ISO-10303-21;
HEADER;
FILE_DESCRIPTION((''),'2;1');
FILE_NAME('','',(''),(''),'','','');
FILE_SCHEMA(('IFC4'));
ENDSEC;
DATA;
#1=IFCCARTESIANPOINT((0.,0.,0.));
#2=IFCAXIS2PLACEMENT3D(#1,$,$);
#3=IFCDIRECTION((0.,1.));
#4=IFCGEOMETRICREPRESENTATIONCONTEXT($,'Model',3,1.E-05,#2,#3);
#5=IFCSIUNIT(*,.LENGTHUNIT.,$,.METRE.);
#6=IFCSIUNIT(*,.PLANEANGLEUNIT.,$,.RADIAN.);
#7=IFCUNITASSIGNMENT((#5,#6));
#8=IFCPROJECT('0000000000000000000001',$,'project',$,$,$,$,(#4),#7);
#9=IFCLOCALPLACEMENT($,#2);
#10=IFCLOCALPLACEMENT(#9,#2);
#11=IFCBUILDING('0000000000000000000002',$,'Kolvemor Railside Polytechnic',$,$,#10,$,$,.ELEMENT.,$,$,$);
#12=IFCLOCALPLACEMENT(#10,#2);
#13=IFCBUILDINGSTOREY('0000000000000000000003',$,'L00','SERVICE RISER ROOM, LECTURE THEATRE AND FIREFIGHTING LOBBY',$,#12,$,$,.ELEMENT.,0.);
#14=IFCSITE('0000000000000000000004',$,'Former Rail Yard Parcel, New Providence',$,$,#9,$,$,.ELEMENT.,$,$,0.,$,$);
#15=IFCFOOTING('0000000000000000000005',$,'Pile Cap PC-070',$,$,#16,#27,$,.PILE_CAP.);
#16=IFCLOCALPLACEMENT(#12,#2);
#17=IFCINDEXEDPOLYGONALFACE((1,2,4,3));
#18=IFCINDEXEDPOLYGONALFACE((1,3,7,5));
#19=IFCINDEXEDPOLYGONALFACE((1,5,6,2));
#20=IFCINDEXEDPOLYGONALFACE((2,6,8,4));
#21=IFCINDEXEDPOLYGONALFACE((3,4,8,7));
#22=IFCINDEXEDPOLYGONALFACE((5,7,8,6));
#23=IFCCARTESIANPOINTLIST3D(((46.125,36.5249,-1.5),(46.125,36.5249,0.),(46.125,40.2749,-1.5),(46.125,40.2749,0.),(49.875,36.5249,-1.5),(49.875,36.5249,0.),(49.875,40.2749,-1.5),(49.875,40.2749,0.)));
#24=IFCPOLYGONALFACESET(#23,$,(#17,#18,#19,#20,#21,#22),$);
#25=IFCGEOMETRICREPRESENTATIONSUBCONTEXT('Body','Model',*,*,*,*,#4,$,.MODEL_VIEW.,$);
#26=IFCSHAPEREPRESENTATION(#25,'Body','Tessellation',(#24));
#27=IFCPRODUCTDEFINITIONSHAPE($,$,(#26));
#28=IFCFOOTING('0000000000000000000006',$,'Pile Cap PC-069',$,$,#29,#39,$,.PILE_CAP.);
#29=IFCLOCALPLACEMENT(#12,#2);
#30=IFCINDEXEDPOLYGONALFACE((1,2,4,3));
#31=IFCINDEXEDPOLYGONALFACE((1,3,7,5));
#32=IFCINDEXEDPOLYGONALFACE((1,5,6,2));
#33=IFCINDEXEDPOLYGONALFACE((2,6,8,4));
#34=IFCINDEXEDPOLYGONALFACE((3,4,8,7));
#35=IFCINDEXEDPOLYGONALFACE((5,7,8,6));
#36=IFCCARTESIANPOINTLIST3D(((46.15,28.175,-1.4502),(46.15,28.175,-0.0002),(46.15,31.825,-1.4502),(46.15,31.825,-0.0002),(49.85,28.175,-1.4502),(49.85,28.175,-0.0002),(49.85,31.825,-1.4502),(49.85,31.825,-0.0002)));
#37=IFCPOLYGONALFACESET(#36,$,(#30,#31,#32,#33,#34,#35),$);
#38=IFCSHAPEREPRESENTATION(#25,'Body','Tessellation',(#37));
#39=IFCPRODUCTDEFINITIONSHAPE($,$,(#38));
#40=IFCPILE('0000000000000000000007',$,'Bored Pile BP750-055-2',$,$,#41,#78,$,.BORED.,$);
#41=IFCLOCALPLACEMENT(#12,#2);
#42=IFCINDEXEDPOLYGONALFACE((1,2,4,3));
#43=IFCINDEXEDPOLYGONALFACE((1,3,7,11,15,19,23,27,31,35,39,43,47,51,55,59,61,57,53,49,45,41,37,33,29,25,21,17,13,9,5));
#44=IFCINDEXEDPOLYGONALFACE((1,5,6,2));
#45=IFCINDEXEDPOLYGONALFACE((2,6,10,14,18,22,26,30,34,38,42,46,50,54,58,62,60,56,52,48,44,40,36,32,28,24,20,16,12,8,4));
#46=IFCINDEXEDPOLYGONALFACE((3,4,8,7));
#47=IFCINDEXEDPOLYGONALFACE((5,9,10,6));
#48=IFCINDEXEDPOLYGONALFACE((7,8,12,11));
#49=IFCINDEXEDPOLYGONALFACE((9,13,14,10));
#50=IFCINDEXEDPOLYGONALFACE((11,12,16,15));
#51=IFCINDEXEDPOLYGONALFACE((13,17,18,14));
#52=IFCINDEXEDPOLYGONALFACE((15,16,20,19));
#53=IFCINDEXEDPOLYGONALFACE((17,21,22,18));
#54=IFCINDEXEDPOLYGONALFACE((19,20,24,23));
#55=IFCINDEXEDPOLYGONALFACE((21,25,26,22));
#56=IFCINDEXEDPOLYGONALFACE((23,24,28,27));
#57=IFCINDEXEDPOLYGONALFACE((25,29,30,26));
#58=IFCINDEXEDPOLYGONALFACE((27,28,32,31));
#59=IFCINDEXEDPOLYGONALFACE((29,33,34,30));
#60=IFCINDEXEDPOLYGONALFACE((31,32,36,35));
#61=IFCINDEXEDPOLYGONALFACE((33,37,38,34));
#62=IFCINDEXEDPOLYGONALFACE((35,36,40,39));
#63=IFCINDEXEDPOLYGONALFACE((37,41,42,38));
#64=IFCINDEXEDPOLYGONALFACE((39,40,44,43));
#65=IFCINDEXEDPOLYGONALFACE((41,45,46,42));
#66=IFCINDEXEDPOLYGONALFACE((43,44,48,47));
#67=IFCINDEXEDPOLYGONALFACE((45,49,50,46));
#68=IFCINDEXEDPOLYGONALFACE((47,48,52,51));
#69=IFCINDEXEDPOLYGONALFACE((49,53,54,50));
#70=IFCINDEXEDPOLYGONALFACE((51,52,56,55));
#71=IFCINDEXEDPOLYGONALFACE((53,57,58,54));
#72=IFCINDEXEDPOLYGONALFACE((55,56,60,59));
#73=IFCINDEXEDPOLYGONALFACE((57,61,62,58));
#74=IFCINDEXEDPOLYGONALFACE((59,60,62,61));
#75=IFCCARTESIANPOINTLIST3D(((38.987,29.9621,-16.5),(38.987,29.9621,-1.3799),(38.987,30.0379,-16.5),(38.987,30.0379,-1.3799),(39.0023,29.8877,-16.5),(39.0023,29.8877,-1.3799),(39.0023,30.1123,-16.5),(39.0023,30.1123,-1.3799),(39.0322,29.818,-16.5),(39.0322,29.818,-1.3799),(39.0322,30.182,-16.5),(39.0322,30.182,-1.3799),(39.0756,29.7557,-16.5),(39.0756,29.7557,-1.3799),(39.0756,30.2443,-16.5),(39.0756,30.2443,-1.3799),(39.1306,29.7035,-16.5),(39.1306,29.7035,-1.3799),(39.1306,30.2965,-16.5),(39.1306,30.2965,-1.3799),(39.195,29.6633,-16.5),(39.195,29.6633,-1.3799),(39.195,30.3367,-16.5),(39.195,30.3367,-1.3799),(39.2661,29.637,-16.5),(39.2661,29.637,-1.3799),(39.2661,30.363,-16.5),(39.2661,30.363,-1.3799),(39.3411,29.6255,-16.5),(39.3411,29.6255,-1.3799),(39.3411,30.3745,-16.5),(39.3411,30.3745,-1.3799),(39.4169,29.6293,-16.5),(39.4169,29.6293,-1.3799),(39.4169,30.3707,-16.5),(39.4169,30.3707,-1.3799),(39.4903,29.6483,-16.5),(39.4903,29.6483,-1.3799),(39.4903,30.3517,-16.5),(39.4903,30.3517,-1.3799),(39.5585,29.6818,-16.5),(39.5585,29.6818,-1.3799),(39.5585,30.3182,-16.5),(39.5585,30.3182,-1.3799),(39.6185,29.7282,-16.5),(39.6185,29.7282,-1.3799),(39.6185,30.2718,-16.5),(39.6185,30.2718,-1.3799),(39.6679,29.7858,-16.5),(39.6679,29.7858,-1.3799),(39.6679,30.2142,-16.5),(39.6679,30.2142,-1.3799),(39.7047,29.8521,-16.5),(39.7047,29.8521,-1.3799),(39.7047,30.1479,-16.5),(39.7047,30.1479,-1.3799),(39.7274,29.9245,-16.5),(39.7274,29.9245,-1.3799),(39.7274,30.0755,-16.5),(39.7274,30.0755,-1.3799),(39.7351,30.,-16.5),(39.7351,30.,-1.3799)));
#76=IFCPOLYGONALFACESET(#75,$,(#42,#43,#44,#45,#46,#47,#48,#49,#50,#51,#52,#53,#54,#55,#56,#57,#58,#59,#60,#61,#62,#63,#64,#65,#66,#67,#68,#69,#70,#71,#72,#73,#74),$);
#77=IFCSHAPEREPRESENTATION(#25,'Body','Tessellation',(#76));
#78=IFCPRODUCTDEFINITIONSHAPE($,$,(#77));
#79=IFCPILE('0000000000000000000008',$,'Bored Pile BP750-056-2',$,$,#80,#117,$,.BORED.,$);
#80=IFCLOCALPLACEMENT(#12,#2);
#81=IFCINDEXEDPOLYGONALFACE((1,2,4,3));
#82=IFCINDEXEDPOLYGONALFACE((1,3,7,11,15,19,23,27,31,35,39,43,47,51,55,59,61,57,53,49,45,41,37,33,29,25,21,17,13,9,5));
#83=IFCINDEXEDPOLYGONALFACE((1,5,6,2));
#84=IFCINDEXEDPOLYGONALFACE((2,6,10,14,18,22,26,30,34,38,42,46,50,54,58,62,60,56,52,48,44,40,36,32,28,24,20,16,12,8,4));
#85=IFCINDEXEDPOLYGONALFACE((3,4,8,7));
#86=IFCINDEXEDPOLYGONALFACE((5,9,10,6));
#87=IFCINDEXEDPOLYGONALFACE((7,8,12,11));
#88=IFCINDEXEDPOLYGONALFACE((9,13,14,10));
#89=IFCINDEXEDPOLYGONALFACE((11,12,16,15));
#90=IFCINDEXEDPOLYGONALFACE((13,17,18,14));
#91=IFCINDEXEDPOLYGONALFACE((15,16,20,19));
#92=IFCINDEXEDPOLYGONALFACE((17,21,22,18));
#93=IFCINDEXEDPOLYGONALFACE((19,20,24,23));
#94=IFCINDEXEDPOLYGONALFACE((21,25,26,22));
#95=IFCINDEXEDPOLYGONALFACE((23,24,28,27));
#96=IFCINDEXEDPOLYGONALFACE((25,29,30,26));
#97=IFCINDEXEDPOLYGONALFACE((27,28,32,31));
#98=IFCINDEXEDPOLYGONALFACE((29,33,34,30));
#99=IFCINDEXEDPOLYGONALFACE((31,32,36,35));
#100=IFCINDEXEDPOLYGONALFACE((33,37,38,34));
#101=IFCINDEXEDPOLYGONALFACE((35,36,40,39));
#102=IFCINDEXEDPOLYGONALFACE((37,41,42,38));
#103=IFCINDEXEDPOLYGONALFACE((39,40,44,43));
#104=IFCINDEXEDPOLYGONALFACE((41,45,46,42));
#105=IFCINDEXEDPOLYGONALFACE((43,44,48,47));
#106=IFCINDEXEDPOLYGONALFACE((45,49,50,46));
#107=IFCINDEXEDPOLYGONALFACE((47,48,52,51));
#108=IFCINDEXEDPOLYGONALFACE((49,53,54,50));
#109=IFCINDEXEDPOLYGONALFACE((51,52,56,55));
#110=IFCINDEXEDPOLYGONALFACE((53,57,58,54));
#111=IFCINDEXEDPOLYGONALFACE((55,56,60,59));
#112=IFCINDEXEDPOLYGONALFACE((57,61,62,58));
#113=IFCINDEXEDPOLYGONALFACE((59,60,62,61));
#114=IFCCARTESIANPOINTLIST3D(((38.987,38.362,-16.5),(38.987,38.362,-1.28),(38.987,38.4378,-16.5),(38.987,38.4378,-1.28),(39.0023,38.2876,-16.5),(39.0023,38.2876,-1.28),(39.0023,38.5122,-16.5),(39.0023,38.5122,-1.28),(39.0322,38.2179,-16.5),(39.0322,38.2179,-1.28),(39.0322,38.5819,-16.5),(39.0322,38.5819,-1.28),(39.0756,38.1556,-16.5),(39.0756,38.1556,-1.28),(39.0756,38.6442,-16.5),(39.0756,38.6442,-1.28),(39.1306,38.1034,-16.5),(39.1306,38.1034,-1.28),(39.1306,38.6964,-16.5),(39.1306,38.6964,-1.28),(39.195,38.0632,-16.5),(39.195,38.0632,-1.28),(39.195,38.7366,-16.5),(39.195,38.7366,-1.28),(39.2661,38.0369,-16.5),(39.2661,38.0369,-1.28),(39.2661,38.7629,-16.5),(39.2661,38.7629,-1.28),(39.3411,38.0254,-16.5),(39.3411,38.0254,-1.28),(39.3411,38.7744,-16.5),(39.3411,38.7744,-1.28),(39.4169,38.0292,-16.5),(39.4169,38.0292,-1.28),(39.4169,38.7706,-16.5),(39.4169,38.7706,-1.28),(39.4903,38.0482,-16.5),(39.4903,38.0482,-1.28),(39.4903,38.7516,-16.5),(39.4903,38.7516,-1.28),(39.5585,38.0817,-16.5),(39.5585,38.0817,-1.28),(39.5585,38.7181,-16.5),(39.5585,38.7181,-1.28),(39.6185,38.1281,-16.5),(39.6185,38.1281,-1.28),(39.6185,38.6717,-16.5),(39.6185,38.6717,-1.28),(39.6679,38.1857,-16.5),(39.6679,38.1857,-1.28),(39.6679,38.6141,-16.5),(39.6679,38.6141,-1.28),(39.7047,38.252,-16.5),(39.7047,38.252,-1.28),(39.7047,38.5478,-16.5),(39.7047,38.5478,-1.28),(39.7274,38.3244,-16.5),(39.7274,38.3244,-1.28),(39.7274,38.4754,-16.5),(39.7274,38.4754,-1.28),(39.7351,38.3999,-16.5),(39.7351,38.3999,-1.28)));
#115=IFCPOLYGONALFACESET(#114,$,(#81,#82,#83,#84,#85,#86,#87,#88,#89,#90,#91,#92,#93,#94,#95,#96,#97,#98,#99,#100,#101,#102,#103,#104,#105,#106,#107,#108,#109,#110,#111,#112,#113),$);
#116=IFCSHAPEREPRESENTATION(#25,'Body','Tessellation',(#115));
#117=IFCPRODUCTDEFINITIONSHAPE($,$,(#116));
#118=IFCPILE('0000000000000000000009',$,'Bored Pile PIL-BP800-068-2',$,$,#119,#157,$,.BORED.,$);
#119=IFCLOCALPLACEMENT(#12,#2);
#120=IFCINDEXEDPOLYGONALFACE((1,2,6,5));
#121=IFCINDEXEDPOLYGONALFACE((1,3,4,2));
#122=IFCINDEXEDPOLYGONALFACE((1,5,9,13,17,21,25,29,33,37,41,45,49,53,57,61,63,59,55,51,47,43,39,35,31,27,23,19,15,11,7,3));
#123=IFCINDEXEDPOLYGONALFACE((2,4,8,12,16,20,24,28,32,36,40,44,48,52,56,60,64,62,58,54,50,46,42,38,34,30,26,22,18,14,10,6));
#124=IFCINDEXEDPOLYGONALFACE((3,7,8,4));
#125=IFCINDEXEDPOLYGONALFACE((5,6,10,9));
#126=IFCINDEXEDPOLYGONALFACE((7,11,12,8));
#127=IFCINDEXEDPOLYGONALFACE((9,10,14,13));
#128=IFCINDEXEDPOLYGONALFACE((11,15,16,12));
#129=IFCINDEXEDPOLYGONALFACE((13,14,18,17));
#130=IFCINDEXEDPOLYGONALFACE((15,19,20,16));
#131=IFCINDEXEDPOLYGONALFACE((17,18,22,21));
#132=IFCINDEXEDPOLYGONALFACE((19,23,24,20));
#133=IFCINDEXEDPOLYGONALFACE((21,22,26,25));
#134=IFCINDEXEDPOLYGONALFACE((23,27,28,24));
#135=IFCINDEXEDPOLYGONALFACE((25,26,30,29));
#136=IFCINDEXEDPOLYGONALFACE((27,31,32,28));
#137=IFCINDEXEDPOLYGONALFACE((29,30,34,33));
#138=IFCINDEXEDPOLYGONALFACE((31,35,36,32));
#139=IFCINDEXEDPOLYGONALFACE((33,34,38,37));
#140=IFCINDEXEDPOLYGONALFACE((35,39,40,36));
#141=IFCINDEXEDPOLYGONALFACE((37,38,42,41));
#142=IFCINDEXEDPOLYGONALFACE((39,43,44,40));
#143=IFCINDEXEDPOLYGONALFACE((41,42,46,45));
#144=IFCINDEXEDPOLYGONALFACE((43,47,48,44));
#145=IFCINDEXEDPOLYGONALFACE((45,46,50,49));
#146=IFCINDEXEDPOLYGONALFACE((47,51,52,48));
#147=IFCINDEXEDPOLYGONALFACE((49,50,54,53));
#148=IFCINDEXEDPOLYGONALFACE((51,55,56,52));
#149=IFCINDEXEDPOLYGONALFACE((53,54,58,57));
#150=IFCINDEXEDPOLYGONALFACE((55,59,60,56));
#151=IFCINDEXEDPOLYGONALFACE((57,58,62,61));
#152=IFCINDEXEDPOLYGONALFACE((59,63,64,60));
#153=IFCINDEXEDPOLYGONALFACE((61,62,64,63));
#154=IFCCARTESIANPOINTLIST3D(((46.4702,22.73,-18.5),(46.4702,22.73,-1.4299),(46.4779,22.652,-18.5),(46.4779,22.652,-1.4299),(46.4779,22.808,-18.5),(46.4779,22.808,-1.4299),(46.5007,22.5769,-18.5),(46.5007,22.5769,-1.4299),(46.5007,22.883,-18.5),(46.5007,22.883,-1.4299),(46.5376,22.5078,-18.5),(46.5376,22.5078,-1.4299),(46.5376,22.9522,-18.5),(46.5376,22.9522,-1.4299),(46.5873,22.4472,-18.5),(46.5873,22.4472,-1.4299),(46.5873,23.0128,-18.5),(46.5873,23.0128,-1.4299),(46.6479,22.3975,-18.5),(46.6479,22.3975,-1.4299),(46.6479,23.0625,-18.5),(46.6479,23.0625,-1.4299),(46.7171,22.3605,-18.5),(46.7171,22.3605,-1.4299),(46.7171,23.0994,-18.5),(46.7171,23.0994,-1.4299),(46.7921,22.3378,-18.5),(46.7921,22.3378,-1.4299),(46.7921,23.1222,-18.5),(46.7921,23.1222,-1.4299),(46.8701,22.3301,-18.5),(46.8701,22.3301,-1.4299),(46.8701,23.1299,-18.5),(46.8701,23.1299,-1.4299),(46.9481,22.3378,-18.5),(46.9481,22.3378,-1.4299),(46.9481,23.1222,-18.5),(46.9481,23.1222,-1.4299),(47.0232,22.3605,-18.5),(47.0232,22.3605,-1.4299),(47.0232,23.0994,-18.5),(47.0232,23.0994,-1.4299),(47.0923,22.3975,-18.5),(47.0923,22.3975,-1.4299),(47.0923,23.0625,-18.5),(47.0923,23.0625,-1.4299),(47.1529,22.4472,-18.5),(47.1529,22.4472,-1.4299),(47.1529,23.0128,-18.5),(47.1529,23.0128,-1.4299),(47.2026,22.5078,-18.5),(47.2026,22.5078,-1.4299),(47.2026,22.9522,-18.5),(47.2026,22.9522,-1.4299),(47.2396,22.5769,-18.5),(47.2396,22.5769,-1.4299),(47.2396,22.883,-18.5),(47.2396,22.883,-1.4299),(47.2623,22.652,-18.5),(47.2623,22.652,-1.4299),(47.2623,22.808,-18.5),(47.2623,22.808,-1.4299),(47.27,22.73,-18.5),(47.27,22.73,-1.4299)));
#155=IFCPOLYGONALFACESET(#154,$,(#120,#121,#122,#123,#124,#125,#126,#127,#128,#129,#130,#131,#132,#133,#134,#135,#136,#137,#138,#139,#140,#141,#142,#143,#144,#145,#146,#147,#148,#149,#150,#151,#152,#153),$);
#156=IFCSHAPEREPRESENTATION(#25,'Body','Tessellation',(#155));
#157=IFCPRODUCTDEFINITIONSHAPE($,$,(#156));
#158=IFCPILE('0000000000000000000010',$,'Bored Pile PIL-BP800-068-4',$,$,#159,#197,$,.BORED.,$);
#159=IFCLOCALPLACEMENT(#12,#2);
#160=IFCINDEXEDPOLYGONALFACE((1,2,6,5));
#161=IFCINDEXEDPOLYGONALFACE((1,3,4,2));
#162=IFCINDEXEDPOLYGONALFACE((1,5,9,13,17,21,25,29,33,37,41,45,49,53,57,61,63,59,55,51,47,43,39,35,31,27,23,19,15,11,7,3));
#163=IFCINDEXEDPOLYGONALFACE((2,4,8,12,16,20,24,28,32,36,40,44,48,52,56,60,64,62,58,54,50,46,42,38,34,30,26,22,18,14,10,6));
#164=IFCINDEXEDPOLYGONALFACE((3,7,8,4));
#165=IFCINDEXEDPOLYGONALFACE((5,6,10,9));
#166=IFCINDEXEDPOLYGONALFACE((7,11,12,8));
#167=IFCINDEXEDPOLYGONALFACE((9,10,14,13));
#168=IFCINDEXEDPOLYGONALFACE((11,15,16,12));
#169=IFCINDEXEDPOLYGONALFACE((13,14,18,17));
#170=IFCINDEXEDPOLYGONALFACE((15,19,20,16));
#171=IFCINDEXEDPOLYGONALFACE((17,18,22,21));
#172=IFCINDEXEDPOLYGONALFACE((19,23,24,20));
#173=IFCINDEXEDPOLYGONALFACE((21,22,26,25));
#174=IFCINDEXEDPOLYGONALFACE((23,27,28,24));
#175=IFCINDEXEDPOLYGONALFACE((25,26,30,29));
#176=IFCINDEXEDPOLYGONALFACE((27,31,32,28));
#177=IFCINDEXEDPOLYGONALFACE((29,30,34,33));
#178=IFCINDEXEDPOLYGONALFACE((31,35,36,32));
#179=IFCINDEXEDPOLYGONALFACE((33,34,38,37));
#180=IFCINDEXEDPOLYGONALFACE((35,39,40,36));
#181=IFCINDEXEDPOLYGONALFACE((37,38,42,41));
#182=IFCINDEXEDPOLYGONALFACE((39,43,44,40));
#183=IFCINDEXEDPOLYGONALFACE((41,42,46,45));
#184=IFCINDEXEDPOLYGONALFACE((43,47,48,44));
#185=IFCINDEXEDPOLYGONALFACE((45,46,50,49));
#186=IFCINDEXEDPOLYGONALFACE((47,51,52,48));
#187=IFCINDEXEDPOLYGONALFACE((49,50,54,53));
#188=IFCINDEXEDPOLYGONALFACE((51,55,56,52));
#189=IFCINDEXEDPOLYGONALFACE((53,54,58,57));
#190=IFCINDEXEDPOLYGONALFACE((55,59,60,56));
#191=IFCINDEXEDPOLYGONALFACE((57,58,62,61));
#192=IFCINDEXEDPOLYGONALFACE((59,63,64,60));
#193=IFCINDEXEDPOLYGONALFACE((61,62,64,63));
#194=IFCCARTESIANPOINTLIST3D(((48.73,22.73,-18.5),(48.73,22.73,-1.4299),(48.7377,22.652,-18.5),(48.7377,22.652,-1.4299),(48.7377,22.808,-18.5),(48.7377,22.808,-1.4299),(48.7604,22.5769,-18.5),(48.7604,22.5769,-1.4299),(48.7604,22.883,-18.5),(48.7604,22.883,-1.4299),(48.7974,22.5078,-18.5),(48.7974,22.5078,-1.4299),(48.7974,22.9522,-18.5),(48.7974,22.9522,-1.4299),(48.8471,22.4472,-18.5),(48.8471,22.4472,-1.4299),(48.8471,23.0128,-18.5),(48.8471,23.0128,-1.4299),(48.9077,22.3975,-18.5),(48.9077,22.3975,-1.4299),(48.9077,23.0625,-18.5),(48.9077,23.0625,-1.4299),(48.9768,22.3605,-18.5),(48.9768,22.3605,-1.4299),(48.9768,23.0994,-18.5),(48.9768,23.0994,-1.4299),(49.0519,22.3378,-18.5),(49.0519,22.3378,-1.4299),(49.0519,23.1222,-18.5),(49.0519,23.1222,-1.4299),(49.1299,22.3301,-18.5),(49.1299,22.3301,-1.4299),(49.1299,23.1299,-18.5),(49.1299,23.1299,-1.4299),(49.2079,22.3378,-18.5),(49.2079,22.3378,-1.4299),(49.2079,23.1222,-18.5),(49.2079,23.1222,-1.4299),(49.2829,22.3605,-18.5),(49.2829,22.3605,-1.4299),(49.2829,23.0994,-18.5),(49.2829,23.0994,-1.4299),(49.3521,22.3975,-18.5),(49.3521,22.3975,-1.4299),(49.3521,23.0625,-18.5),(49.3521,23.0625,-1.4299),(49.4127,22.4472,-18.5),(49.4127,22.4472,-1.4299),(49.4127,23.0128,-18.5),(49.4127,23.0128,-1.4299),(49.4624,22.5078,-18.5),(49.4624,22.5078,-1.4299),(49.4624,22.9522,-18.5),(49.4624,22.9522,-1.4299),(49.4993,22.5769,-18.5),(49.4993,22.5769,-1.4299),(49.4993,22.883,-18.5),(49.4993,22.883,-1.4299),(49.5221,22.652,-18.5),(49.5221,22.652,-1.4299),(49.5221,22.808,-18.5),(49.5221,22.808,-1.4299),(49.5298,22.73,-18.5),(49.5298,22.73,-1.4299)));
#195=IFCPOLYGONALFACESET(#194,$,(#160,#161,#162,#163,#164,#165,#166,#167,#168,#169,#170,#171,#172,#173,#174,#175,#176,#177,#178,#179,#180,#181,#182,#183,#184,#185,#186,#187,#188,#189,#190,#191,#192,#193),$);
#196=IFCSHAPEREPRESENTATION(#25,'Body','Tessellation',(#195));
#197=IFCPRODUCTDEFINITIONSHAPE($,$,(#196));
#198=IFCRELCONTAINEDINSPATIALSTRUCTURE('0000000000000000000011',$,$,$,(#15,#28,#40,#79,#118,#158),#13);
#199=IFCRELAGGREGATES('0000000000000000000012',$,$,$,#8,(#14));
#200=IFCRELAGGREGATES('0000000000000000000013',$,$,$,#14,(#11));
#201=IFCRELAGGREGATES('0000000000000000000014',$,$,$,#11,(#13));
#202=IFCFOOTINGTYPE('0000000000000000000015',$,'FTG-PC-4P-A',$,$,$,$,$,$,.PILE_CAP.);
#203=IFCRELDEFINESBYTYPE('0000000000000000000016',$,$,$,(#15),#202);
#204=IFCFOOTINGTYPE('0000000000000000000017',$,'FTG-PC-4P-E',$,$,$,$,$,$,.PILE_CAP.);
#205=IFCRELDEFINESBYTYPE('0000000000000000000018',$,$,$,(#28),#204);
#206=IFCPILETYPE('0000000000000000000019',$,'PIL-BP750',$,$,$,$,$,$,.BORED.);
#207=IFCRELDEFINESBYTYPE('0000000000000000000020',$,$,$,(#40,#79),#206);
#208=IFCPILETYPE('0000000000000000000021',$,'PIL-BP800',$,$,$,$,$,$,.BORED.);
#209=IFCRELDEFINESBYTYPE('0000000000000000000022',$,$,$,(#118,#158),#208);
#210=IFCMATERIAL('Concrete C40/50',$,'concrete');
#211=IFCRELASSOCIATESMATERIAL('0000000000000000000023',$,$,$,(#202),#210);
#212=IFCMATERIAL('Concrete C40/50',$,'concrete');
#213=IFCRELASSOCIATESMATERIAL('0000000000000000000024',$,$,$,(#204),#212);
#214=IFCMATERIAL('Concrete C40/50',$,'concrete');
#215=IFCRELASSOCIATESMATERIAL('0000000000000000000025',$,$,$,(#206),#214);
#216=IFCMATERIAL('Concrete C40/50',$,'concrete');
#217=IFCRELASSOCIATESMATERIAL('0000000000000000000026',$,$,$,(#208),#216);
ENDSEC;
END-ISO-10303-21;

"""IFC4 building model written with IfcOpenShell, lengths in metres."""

from ifc_helpers import new_model, si_unit, direction, frame, origin, origin_2d, place, context, subcontext, project, spatial, rectangle, circle, extrude, material, material_profile, profile_set, type_object, element, save


model = new_model("IFC4")

# Units and contexts
model_context = context("Model", 3, precision=1e-05, world=origin(), true_north=direction((0.0, 1.0)))
body_context = subcontext(model_context, "Body", "Model", "MODEL_VIEW")
ifc_project = project(units=[si_unit("LENGTHUNIT", "METRE"), si_unit("PLANEANGLEUNIT", "RADIAN")], contexts=[model_context])

# Site, building, storey
site_placement = place(None, origin())
site = spatial("IfcSite", under=ifc_project, at=site_placement, Name="Former Rail Yard Parcel, New Providence", CompositionType="ELEMENT", RefElevation=0.0)
building_placement = place(site_placement, origin())
building = spatial("IfcBuilding", under=site, at=building_placement, Name="Kolvemor Railside Polytechnic", CompositionType="ELEMENT")
storey_placement = place(building_placement, origin())
storey = spatial("IfcBuildingStorey", under=building, at=storey_placement, Name="L00", Description="SERVICE RISER ROOM, LECTURE THEATRE AND FIREFIGHTING LOBBY", CompositionType="ELEMENT", Elevation=0.0)

# Footings
ifc_material_1 = material(Name="Concrete C40/50", Category="concrete")
footing_type_1 = type_object("IfcFootingType", Name="FTG-PC-4P-A", PredefinedType="PILE_CAP", material=ifc_material_1)
footing_1_placement = place(storey_placement, frame((48.0, 38.3999, -1.5), z_axis=(0.0, 0.0, 1.0), x_axis=(1.0, 0.0, 0.0)))
element("IfcFooting", 1, at=footing_1_placement, inside=storey, type_object=footing_type_1, Name="Pile Cap PC-070", PredefinedType="PILE_CAP", context=body_context, shape_type="SweptSolid", body=[
    extrude(rectangle(XDim=3.75, YDim=3.75, at=origin_2d()), origin(), (0.0, 0.0, 1.0), 1.5),
])
ifc_material_2 = material(Name="Concrete C40/50", Category="concrete")
footing_type_2 = type_object("IfcFootingType", Name="FTG-PC-4P-E", PredefinedType="PILE_CAP", material=ifc_material_2)
footing_2_placement = place(storey_placement, frame((48.0, 30.0, -1.4502), z_axis=(0.0, 0.0, 1.0), x_axis=(1.0, 0.0, 0.0)))
element("IfcFooting", 2, at=footing_2_placement, inside=storey, type_object=footing_type_2, Name="Pile Cap PC-069", PredefinedType="PILE_CAP", context=body_context, shape_type="SweptSolid", body=[
    extrude(rectangle(XDim=3.7, YDim=3.6499, at=origin_2d()), origin(), (0.0, 0.0, 1.0), 1.45),
])

# Piles
ifc_material_3 = material(Name="Concrete C40/50", Category="concrete")
ifc_material_profile_1 = material_profile(ifc_material_3, circle(Radius=0.375, at=origin_2d()), Name="BP750")
ifc_profile_set_1 = profile_set([ifc_material_profile_1], Name="Concrete C40/50")
pile_type_1 = type_object("IfcPileType", Name="PIL-BP750", PredefinedType="BORED", material=ifc_profile_set_1)
pile_1_placement = place(storey_placement, frame((39.3601, 30.0, -1.3799), z_axis=(0.0, 0.0, -1.0), x_axis=(1.0, 0.0, 0.0)))
element("IfcPile", 3, at=pile_1_placement, inside=storey, type_object=pile_type_1, Name="Bored Pile BP750-055-2", PredefinedType="BORED", context=body_context, shape_type="SweptSolid", body=[
    extrude(circle(Radius=0.375, at=origin_2d()), origin(), (0.0, 0.0, 1.0), 15.1201),
])
pile_2_placement = place(storey_placement, frame((39.3601, 38.3999, -1.28), z_axis=(0.0, 0.0, -1.0), x_axis=(1.0, 0.0, 0.0)))
element("IfcPile", 4, at=pile_2_placement, inside=storey, type_object=pile_type_1, Name="Bored Pile BP750-056-2", PredefinedType="BORED", context=body_context, shape_type="SweptSolid", body=[
    extrude(circle(Radius=0.375, at=origin_2d()), origin(), (0.0, 0.0, 1.0), 15.22),
])
ifc_material_4 = material(Name="Concrete C40/50", Category="concrete")
ifc_material_profile_2 = material_profile(ifc_material_4, circle(Radius=0.3999, at=origin_2d()), Name="BP800")
ifc_profile_set_2 = profile_set([ifc_material_profile_2], Name="Concrete C40/50")
pile_type_2 = type_object("IfcPileType", Name="PIL-BP800", PredefinedType="BORED", material=ifc_profile_set_2)
for number, where, z_axis, x_axis, name in (
    (5, (46.8701, 22.73, -1.4299), (0.0, 0.0, -1.0), (1.0, 0.0, 0.0), "Bored Pile PIL-BP800-068-2"),
    (6, (49.1299, 22.73, -1.4299), (0.0, 0.0, -1.0), (1.0, 0.0, 0.0), "Bored Pile PIL-BP800-068-4"),
):
    element("IfcPile", number, at=place(storey_placement, frame(where, z_axis=z_axis, x_axis=x_axis)), inside=storey, type_object=pile_type_2, Name=name, PredefinedType="BORED", context=body_context, shape_type="SweptSolid", body=[
        extrude(circle(Radius=0.3999, at=origin_2d()), origin(), (0.0, 0.0, 1.0), 17.0701),
    ])

save(model, "model.ifc")
